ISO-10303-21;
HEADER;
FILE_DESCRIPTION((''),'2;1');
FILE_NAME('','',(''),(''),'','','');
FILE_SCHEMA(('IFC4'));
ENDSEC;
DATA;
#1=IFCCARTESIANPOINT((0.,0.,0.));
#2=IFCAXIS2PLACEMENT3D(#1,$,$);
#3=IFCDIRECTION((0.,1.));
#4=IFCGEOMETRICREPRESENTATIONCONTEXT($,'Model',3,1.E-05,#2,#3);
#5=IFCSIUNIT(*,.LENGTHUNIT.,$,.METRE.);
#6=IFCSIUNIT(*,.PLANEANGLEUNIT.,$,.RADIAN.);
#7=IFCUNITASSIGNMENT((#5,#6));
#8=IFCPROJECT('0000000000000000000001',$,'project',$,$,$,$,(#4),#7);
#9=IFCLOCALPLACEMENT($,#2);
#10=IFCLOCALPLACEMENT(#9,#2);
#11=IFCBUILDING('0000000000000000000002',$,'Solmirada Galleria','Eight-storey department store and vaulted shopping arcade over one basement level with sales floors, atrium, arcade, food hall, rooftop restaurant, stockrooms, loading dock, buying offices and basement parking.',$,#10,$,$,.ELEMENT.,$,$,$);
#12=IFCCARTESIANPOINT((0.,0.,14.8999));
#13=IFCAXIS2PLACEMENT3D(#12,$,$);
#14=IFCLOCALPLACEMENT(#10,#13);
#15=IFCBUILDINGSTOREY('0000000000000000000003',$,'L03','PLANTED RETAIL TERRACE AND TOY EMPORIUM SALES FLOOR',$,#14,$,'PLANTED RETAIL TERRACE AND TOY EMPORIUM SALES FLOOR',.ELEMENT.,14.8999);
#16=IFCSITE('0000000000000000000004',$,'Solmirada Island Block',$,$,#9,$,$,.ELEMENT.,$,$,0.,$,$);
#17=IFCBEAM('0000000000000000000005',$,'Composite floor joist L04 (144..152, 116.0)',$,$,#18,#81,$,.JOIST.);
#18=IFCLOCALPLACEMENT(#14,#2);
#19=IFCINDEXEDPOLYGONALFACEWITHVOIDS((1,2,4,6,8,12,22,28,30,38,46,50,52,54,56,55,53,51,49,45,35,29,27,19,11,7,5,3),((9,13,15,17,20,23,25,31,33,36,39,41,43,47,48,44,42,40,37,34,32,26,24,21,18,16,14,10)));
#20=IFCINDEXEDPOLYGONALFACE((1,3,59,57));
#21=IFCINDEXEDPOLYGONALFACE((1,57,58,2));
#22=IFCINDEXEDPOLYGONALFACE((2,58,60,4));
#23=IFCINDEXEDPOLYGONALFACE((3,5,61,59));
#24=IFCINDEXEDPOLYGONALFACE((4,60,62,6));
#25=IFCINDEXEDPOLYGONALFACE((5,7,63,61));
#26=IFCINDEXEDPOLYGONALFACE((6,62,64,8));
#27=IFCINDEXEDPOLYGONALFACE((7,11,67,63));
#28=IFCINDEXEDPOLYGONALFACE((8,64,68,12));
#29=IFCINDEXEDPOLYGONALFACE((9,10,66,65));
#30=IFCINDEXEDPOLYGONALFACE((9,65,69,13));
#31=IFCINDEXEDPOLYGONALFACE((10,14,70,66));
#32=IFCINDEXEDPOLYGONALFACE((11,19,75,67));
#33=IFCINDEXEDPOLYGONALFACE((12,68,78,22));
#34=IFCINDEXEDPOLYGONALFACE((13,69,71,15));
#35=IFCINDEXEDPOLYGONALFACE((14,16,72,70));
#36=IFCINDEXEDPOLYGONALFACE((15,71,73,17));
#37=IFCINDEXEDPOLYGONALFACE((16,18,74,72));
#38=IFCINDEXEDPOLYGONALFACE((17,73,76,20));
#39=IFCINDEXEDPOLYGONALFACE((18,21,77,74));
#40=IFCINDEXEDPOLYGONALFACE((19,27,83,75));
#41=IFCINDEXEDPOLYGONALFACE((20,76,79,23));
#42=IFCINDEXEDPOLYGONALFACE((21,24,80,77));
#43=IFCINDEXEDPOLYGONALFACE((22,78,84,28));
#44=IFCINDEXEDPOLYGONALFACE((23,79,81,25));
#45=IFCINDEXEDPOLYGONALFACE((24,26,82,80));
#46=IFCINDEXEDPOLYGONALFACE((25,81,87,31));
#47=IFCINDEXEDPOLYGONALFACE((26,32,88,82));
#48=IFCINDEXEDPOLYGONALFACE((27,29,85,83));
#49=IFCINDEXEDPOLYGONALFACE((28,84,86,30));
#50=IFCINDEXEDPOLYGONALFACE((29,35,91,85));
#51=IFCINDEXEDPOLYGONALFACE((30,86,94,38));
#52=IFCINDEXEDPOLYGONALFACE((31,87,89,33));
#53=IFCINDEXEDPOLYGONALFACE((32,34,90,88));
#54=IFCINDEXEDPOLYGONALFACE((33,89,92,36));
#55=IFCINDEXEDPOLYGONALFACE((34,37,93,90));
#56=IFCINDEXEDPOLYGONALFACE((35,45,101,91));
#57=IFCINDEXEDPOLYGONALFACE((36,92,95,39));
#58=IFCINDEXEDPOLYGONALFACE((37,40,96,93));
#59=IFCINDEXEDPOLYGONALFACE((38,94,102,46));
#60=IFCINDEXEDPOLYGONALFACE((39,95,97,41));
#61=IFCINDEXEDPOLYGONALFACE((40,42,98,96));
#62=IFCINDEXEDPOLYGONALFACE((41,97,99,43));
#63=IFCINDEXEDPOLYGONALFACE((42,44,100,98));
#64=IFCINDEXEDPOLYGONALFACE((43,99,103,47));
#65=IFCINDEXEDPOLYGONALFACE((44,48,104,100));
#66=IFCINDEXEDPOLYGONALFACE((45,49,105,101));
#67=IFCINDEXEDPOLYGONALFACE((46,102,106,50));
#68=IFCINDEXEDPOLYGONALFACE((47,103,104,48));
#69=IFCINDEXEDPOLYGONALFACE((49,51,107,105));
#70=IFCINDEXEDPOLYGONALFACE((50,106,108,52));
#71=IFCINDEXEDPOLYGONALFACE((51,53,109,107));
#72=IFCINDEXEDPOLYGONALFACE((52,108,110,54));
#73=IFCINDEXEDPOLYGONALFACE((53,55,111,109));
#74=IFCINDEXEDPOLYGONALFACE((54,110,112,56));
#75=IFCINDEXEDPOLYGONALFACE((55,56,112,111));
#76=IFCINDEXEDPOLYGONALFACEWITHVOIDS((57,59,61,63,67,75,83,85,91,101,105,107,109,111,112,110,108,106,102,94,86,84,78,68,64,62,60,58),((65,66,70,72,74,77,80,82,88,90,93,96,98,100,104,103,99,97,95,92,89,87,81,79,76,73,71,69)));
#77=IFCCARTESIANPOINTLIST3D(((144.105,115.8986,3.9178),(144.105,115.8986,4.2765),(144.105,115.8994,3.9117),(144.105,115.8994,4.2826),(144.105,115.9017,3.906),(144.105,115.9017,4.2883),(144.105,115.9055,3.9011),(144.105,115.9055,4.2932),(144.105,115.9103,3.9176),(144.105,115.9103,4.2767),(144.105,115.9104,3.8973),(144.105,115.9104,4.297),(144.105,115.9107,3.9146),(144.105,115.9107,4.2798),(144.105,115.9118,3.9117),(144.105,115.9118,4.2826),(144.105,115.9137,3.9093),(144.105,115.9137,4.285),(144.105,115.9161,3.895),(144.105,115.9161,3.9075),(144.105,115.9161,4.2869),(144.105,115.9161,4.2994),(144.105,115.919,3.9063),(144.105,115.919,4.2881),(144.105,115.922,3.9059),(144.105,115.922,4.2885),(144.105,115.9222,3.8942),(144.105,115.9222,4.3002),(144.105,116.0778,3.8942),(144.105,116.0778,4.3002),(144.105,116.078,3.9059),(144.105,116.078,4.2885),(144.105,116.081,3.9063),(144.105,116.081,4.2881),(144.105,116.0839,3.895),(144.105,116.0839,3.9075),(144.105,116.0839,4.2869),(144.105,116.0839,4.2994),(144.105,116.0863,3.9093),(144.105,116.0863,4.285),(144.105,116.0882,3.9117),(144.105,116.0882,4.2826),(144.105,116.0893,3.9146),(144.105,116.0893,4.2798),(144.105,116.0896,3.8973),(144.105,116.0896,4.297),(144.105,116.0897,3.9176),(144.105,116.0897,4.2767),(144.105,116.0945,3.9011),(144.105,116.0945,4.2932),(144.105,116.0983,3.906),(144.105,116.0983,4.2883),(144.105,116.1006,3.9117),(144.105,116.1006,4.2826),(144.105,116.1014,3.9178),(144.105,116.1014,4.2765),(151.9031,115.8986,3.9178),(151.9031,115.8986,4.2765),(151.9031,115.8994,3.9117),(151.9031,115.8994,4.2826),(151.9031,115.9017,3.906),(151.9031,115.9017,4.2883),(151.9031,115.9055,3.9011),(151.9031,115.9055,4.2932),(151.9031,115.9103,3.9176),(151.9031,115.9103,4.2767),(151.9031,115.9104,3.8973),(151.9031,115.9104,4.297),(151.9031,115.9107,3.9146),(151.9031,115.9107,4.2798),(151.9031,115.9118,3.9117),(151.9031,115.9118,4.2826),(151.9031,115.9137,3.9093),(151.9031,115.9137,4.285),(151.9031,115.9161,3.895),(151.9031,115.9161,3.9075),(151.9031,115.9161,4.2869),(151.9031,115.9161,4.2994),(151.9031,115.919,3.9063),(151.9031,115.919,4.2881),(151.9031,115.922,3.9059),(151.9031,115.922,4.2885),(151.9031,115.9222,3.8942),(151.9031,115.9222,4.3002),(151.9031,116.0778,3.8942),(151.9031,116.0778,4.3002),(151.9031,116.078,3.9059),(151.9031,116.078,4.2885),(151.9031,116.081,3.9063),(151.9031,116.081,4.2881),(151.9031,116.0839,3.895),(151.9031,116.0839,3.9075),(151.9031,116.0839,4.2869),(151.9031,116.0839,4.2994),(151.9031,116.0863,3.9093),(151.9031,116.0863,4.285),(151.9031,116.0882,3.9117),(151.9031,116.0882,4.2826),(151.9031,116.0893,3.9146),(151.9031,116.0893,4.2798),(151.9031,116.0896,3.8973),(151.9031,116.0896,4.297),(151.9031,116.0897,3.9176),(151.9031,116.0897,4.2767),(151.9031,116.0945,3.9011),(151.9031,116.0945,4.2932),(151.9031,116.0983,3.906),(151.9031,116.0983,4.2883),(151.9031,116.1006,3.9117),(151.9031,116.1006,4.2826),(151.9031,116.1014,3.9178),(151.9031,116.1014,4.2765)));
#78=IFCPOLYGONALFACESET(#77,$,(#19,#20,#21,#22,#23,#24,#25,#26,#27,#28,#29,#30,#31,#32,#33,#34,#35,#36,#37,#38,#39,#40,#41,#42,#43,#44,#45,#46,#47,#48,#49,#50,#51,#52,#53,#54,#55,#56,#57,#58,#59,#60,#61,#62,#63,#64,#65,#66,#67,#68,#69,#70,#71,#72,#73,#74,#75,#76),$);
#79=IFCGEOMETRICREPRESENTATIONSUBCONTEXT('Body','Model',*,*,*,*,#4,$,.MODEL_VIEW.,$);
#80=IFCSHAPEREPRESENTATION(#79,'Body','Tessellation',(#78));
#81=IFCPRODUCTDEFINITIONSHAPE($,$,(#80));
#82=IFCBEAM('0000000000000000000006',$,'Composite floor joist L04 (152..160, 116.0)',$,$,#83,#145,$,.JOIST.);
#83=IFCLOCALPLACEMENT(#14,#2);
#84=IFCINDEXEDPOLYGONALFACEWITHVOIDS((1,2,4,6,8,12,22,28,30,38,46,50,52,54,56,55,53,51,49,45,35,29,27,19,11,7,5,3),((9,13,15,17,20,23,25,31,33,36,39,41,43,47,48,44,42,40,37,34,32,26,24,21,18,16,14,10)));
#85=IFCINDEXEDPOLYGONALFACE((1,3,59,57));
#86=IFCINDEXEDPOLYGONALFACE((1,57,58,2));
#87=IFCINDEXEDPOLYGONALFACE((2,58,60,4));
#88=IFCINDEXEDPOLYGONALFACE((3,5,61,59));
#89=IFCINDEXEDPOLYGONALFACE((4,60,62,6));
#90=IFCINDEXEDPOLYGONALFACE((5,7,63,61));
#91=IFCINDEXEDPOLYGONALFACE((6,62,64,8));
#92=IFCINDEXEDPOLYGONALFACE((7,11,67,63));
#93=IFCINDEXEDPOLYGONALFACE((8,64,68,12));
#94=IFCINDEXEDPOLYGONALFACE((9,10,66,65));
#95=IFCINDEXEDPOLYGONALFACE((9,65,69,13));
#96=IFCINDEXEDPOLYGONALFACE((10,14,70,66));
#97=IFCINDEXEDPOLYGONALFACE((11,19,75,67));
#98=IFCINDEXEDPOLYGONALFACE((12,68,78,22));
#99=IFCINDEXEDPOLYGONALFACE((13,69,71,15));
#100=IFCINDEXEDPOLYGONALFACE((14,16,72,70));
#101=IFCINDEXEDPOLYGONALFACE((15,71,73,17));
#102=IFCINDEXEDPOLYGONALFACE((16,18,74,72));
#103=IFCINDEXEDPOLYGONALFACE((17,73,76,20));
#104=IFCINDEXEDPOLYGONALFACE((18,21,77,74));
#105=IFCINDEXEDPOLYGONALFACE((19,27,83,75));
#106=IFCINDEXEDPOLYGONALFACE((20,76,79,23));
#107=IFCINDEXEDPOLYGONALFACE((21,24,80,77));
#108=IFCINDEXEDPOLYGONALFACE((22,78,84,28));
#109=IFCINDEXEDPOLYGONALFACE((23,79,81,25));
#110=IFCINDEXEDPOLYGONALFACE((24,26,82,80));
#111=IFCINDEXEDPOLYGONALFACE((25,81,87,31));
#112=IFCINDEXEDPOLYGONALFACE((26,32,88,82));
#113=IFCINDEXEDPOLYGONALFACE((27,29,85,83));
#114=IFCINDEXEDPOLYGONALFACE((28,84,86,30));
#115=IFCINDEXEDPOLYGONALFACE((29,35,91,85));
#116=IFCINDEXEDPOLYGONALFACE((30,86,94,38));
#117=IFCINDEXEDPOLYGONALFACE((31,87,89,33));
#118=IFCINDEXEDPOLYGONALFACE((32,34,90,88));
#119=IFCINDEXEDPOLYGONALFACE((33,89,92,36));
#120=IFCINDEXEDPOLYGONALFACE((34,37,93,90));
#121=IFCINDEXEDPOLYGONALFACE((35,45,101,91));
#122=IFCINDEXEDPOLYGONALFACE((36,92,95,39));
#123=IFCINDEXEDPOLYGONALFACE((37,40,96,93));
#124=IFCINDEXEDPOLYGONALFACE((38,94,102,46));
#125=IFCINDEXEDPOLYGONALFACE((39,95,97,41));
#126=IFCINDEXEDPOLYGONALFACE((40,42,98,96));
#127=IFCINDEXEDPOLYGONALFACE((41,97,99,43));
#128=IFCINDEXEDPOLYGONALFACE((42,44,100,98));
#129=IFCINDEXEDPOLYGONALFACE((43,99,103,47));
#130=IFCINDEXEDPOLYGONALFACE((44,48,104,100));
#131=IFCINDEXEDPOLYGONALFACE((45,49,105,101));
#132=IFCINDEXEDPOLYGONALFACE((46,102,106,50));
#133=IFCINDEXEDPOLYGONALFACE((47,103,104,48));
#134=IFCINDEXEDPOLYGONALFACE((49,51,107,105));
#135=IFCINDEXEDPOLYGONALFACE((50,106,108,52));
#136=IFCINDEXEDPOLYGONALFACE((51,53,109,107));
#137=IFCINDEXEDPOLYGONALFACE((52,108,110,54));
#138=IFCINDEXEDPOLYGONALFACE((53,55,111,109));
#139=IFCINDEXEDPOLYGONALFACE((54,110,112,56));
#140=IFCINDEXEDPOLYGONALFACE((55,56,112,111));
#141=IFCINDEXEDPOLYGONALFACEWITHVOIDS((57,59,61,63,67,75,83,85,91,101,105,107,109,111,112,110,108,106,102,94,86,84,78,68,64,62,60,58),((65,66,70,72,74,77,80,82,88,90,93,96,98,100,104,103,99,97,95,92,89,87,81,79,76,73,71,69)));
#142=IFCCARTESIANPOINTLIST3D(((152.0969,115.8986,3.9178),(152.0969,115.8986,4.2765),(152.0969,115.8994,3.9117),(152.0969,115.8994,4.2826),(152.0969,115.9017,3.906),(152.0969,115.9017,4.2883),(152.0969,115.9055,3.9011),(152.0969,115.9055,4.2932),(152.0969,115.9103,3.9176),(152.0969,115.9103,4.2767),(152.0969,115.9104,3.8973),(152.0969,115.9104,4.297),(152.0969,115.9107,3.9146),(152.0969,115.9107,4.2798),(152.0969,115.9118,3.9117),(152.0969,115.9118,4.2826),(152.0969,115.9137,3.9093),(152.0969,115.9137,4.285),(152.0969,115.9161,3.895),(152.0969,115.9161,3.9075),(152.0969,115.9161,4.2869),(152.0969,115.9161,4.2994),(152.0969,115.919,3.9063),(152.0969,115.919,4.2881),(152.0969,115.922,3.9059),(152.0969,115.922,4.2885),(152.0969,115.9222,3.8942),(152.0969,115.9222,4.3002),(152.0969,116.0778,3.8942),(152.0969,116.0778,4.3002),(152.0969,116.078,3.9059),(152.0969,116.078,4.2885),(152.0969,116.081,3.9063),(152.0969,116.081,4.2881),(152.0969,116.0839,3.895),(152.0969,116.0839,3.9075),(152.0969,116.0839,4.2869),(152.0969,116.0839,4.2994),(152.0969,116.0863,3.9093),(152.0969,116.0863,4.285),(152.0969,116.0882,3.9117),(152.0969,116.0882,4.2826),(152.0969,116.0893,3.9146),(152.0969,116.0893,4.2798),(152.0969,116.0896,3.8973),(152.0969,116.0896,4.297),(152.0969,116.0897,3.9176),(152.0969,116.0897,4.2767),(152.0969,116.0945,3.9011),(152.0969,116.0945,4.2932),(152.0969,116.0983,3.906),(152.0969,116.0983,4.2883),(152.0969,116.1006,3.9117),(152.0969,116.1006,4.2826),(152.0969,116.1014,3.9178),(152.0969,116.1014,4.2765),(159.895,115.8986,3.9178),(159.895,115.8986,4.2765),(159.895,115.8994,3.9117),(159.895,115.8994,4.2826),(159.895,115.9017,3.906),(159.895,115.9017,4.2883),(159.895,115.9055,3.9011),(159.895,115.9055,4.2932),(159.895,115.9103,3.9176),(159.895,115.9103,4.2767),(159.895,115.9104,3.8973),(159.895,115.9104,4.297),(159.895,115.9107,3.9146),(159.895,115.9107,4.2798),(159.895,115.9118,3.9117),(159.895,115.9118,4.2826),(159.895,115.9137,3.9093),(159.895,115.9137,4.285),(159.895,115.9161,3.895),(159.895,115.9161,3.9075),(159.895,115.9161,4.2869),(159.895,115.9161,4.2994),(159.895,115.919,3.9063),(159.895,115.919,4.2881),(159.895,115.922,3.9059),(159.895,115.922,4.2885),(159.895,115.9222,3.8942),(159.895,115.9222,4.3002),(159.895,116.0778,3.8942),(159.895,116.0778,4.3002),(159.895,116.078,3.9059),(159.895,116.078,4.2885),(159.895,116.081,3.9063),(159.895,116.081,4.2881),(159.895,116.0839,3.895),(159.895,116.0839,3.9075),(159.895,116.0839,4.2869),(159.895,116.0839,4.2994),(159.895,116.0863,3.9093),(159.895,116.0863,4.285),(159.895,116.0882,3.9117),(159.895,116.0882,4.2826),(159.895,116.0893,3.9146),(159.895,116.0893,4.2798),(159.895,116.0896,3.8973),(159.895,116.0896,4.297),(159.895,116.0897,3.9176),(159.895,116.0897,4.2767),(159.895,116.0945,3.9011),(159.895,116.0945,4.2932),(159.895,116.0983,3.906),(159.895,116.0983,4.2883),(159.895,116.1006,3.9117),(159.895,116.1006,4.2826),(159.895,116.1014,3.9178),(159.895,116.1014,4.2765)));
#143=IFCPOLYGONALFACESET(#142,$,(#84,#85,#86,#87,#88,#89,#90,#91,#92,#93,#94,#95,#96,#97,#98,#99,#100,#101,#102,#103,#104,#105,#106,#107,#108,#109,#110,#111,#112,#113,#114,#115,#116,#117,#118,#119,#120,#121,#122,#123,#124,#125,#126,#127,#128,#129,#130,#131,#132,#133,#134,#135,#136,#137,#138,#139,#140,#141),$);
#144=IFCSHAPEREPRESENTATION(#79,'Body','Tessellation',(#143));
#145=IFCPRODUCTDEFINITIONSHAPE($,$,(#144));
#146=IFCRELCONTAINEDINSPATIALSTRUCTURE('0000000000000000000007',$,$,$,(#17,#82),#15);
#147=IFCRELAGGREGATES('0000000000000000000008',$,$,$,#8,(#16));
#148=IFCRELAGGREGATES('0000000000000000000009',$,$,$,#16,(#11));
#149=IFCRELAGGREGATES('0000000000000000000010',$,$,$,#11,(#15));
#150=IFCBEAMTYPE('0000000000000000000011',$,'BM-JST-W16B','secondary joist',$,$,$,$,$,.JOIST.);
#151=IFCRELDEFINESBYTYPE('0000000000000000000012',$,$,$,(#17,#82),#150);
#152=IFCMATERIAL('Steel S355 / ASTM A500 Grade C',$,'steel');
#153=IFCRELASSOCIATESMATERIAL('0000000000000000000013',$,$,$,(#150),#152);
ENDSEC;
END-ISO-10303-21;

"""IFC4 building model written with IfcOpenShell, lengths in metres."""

from ifc_helpers import new_model, si_unit, direction, frame, origin, origin_2d, place, context, subcontext, project, spatial, hollow_rectangle, extrude, material, material_profile, profile_set, type_object, element, save


model = new_model("IFC4")

# Units and contexts
model_context = context("Model", 3, precision=1e-05, world=origin(), true_north=direction((0.0, 1.0)))
body_context = subcontext(model_context, "Body", "Model", "MODEL_VIEW")
ifc_project = project(units=[si_unit("LENGTHUNIT", "METRE"), si_unit("PLANEANGLEUNIT", "RADIAN")], contexts=[model_context])

# Site, building, storey
site_placement = place(None, origin())
site = spatial("IfcSite", under=ifc_project, at=site_placement, Name="Solmirada Island Block", CompositionType="ELEMENT", RefElevation=0.0)
building_placement = place(site_placement, origin())
building = spatial("IfcBuilding", under=site, at=building_placement, Name="Solmirada Galleria", Description="Eight-storey department store and vaulted shopping arcade over one basement level with sales floors, atrium, arcade, food hall, rooftop restaurant, stockrooms, loading dock, buying offices and basement parking.", CompositionType="ELEMENT")
storey_placement = place(building_placement, frame((0.0, 0.0, 14.8999)))
storey = spatial("IfcBuildingStorey", under=building, at=storey_placement, Name="L03", Description="PLANTED RETAIL TERRACE AND TOY EMPORIUM SALES FLOOR", LongName="PLANTED RETAIL TERRACE AND TOY EMPORIUM SALES FLOOR", CompositionType="ELEMENT", Elevation=14.8999)

# Shared definitions
ifc_material_1 = material(Name="Steel S355 / ASTM A500 Grade C", Category="steel")

# Beams
ifc_material_profile_1 = material_profile(ifc_material_1, hollow_rectangle(XDim=0.2029, YDim=0.406, WallThickness=0.0117, InnerFilletRadius=0.0117, OuterFilletRadius=0.0237, at=origin_2d()), Name="HSS16X8X1/2")
ifc_profile_set_1 = profile_set([ifc_material_profile_1], Name="Steel S355 / ASTM A500 Grade C")
beam_type_1 = type_object("IfcBeamType", Name="BM-JST-W16B", Description="secondary joist", PredefinedType="JOIST", material=ifc_profile_set_1)
for number, where, z_axis, x_axis, name in (
    (1, (144.105, 116.0, 4.0972), (1.0, 0.0, 0.0), (0.0, 1.0, 0.0), "Composite floor joist L04 (144..152, 116.0)"),
    (2, (152.0969, 116.0, 4.0972), (1.0, 0.0, 0.0), (0.0, 1.0, 0.0), "Composite floor joist L04 (152..160, 116.0)"),
):
    element("IfcBeam", number, at=place(storey_placement, frame(where, z_axis=z_axis, x_axis=x_axis)), inside=storey, type_object=beam_type_1, Name=name, PredefinedType="JOIST", context=body_context, shape_type="SweptSolid", body=[
        extrude(hollow_rectangle(XDim=0.2029, YDim=0.406, WallThickness=0.0117, InnerFilletRadius=0.0117, OuterFilletRadius=0.0237, at=origin_2d()), origin(), (0.0, 0.0, 1.0), 7.7981),
    ])

save(model, "model.ifc")
